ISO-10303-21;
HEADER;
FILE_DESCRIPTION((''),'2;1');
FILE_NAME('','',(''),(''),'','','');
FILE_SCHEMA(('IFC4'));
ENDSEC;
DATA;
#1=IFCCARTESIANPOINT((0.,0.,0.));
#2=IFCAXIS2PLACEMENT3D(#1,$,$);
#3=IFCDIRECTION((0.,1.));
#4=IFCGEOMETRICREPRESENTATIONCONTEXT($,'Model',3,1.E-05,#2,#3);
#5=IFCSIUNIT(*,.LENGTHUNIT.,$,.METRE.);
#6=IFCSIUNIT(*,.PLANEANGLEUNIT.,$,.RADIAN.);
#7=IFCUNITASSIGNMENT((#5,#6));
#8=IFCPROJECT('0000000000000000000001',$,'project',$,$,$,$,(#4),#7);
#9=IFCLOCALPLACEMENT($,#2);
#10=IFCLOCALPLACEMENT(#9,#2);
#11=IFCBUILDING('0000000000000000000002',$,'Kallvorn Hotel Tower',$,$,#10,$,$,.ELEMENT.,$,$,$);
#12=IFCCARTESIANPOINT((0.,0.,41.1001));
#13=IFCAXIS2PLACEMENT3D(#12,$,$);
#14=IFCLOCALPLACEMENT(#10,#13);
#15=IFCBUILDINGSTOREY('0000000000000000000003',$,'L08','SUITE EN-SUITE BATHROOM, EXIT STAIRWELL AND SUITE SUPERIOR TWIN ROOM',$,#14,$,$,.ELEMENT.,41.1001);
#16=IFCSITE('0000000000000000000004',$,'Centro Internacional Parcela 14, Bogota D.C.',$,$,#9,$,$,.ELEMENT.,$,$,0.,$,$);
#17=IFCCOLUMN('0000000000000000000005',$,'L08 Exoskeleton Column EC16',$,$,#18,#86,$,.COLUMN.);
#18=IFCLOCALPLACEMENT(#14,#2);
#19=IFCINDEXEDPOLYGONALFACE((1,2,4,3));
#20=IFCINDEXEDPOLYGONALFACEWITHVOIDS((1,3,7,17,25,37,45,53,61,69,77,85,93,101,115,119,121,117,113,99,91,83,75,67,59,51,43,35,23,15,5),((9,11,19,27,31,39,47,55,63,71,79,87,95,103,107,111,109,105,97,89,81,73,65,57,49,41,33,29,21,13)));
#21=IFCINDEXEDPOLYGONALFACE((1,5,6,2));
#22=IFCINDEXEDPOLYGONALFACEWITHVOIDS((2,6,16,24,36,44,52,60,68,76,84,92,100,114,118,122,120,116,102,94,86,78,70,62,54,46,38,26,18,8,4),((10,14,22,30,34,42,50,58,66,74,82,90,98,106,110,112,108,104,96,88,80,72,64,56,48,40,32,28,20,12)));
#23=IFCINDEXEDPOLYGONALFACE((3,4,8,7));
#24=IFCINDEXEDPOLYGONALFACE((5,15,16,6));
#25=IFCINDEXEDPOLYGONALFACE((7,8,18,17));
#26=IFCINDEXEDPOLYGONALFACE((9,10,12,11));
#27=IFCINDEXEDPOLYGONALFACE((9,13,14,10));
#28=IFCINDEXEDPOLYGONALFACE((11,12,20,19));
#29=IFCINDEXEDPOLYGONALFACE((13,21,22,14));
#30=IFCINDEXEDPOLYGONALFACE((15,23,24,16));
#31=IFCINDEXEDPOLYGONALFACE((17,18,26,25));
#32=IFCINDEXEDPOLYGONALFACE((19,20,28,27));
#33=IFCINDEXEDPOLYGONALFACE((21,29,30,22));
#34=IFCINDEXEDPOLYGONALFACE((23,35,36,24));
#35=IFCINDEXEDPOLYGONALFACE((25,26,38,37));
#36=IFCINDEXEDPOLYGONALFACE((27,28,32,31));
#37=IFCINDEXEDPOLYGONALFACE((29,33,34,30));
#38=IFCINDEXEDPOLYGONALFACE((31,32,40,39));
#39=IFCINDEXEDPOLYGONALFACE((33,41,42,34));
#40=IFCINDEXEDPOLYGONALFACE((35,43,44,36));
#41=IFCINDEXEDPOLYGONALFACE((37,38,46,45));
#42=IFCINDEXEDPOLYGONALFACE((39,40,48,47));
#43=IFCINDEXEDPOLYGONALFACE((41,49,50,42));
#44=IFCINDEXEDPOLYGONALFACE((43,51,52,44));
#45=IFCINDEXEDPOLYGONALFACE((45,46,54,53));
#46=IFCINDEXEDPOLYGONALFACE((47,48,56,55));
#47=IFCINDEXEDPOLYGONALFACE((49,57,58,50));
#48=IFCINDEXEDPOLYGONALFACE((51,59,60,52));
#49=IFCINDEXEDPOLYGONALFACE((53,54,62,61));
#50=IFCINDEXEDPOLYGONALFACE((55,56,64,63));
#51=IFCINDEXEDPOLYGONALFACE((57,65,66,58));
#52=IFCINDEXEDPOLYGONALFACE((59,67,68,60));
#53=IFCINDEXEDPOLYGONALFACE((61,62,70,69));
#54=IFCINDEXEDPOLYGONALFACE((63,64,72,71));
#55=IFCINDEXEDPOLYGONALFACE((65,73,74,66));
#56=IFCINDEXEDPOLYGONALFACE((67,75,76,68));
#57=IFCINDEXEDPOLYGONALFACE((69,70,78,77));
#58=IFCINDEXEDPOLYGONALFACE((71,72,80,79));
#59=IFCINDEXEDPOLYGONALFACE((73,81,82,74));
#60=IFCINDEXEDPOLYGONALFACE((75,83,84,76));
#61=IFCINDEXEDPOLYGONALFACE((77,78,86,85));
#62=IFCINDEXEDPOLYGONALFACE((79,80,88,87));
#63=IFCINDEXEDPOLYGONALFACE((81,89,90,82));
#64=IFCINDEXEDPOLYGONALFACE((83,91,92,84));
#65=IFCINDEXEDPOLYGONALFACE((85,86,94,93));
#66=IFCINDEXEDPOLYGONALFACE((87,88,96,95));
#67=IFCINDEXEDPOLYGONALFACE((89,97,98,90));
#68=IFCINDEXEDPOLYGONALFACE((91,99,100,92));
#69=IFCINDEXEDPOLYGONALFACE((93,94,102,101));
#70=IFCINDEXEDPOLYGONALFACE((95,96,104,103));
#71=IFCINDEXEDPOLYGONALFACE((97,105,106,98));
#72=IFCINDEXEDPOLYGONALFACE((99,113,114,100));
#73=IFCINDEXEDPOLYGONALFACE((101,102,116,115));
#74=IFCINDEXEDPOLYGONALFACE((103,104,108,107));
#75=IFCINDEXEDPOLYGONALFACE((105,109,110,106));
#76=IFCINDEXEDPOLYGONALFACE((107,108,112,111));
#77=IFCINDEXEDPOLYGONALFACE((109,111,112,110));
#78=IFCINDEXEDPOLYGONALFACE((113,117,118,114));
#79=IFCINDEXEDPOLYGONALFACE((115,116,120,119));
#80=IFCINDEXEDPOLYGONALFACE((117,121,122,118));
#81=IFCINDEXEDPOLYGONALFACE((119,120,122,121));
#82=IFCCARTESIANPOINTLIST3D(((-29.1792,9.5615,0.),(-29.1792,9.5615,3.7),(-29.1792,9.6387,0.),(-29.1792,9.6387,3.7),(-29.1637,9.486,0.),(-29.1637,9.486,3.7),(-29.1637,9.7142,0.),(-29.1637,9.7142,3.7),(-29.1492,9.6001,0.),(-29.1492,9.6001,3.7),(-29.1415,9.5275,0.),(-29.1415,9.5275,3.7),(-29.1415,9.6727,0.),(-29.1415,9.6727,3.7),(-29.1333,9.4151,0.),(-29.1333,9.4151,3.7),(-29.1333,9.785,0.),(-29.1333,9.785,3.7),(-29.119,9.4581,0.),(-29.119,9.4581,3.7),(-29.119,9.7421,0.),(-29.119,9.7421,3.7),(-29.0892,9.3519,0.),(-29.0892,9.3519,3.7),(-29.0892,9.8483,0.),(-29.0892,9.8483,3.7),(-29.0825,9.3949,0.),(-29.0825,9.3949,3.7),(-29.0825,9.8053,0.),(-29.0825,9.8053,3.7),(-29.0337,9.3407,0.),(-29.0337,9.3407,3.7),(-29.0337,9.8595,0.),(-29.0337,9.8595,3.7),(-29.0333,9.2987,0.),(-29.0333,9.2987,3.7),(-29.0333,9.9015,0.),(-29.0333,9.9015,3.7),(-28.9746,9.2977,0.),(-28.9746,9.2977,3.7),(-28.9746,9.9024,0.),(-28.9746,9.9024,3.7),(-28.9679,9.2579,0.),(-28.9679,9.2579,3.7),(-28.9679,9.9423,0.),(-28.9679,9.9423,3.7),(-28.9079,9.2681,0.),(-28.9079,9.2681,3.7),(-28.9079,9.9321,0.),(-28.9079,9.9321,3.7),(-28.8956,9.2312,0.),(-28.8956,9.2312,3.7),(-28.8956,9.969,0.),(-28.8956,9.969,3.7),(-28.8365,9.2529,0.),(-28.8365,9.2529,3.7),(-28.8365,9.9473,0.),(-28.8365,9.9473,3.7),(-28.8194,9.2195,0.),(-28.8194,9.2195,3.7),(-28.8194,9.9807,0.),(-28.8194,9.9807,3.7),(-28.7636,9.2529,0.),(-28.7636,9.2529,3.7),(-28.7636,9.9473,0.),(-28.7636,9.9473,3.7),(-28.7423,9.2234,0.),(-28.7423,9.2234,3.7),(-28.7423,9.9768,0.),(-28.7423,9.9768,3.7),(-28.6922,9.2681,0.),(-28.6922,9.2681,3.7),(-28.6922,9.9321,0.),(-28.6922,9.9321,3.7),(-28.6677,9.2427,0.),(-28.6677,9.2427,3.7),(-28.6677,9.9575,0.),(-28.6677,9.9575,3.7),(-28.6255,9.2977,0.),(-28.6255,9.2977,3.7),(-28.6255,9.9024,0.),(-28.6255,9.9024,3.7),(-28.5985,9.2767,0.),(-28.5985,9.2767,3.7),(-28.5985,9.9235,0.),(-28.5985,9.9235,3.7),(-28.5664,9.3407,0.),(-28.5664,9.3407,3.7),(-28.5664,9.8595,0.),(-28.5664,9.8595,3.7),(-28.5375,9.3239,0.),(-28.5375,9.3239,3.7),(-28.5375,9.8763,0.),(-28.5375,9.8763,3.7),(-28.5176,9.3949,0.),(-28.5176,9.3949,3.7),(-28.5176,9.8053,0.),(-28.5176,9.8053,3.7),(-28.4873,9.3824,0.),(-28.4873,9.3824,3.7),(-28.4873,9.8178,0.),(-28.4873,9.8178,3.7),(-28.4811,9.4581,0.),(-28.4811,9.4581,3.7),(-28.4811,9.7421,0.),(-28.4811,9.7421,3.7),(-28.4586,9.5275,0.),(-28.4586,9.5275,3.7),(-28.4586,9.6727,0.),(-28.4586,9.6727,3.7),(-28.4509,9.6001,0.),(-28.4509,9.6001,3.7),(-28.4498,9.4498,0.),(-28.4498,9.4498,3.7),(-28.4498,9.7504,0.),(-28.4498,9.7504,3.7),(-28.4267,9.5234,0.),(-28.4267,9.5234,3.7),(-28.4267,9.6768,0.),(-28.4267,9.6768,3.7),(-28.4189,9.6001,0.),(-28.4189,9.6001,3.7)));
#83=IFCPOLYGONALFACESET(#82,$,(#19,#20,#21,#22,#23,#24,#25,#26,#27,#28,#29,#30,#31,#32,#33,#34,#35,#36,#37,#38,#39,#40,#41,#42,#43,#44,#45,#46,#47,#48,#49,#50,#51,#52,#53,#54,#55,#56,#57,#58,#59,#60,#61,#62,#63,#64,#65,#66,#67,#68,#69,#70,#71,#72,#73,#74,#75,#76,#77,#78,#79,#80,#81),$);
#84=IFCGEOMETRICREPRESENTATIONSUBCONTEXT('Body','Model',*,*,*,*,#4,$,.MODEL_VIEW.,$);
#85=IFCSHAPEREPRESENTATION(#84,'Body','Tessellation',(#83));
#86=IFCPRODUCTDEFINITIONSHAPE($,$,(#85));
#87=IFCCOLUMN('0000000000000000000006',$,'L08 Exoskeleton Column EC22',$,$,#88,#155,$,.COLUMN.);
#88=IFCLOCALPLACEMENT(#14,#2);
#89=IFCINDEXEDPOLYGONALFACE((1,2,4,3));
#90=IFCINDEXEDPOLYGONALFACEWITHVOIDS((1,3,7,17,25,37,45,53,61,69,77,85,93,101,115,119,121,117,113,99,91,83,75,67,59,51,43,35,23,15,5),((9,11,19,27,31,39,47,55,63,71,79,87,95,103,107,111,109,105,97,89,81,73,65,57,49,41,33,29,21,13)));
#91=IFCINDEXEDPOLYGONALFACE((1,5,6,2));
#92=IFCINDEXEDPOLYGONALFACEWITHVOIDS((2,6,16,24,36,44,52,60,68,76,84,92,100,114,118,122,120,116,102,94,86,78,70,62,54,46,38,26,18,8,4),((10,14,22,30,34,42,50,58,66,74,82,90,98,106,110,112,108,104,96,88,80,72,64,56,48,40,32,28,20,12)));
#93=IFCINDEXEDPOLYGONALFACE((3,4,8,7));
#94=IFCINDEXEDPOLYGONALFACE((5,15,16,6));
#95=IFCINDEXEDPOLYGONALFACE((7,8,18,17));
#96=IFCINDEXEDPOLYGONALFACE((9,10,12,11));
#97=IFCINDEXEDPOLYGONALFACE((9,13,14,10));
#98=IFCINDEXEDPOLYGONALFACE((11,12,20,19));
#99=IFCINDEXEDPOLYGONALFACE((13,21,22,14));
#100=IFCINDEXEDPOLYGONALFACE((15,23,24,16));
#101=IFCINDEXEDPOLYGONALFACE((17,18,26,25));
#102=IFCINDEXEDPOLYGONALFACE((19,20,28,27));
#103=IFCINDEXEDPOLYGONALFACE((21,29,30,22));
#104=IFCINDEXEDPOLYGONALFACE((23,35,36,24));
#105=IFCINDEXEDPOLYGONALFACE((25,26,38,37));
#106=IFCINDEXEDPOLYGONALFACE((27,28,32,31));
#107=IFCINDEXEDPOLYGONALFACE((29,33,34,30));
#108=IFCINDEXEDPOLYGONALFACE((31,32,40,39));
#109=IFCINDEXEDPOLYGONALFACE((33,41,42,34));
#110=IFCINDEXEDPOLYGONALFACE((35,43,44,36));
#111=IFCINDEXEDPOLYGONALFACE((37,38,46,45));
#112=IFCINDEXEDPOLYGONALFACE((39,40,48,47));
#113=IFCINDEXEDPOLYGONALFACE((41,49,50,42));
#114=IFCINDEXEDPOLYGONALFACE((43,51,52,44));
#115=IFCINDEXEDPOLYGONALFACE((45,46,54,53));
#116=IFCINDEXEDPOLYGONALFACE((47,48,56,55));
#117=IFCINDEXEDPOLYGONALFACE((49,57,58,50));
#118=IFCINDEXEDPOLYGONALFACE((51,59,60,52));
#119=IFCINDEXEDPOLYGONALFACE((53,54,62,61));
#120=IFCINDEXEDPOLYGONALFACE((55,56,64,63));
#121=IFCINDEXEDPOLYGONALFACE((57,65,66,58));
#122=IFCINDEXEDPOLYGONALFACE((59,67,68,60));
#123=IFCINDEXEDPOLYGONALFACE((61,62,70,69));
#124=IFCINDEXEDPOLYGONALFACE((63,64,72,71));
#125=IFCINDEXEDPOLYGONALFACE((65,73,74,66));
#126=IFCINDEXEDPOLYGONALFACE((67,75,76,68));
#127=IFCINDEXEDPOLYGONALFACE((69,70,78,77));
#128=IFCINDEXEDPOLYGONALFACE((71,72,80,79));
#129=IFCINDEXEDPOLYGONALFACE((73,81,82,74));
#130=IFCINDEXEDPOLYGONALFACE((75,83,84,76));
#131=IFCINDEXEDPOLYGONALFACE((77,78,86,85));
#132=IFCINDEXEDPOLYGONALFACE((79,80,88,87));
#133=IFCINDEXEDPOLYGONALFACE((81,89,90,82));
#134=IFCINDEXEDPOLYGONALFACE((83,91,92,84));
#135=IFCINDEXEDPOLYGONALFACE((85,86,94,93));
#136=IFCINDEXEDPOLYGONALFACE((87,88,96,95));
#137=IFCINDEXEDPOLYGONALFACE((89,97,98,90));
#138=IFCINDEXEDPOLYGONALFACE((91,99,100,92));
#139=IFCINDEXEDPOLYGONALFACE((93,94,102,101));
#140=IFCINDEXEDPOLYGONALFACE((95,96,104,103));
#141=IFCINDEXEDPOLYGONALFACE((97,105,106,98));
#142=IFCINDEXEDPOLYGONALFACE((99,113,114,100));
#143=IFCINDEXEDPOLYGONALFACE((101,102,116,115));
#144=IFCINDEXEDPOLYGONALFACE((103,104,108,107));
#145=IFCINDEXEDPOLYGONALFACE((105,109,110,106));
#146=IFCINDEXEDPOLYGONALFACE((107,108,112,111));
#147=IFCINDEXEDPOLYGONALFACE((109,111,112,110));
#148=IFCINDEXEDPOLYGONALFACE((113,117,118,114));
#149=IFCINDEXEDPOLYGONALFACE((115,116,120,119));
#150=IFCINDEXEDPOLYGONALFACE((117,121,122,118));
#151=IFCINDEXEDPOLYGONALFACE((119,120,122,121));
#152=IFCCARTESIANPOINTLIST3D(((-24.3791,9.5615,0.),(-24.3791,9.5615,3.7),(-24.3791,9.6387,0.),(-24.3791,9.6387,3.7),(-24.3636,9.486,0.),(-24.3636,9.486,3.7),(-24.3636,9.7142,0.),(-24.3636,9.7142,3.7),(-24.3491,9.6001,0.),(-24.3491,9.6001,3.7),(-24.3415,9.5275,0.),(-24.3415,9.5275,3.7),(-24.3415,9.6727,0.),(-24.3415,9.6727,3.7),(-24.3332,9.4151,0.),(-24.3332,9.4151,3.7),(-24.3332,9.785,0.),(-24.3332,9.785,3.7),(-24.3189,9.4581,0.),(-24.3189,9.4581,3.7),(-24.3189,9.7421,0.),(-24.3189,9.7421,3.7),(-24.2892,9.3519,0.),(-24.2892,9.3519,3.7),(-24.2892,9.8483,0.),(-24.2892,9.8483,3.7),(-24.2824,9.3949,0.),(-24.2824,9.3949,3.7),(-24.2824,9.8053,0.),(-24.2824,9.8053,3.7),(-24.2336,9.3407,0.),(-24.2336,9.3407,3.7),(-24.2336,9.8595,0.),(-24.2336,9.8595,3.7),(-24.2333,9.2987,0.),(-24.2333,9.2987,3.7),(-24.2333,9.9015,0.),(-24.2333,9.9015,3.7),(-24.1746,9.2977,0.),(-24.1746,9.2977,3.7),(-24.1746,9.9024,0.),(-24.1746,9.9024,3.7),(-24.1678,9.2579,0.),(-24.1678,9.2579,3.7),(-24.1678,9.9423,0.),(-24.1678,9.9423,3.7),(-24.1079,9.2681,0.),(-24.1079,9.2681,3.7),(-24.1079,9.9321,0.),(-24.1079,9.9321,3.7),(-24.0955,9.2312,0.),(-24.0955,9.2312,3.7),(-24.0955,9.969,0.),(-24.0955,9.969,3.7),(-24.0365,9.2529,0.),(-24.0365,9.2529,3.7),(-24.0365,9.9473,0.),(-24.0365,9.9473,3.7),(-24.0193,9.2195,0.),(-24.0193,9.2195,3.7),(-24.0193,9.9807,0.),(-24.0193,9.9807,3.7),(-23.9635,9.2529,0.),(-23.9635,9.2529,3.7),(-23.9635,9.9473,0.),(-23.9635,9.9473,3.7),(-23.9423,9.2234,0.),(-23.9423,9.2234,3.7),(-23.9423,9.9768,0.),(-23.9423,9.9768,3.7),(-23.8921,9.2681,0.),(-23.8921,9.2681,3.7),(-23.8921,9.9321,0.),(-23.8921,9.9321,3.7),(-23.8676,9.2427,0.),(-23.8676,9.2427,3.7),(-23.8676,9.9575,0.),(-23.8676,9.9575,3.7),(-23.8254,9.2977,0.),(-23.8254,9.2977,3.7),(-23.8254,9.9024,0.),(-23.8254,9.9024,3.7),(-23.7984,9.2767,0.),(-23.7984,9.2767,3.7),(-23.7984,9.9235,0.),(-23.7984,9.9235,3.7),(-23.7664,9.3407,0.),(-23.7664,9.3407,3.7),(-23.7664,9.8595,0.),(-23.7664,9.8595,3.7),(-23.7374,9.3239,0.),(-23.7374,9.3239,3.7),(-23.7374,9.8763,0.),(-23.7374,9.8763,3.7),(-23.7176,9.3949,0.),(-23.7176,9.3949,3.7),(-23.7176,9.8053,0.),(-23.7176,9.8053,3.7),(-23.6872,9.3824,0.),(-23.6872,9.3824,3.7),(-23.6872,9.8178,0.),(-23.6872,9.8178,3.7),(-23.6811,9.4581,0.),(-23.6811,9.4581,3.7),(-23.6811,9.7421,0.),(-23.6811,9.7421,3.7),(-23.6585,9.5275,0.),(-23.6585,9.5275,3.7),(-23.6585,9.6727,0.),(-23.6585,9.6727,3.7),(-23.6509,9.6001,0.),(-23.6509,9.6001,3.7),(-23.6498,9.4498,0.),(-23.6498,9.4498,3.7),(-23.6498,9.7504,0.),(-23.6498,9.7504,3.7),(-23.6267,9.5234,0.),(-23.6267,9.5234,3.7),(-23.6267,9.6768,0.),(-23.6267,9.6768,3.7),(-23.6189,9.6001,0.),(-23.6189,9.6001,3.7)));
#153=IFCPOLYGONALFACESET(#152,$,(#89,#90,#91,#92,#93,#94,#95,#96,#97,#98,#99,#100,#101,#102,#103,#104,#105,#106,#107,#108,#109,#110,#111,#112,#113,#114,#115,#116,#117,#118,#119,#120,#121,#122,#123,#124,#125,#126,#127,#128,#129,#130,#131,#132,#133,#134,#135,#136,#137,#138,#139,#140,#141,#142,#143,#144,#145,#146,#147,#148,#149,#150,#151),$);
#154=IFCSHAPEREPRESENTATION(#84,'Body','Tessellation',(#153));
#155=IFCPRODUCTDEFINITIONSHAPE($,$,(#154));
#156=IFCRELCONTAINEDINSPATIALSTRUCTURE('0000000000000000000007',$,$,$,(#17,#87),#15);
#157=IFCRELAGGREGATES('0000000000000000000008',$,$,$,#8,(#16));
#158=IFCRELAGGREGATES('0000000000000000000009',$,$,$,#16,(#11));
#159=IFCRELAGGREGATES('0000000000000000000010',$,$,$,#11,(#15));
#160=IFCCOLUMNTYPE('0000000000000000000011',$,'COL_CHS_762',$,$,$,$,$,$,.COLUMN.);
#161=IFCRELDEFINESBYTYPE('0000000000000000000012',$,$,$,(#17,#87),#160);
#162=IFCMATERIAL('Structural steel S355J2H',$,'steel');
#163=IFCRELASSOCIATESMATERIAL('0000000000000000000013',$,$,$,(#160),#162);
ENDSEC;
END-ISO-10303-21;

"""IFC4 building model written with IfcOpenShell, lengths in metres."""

from ifc_helpers import new_model, si_unit, direction, frame, origin, origin_2d, place, context, subcontext, project, spatial, hollow_circle, extrude, material, material_profile, profile_set, type_object, element, save


model = new_model("IFC4")

# Units and contexts
model_context = context("Model", 3, precision=1e-05, world=origin(), true_north=direction((0.0, 1.0)))
body_context = subcontext(model_context, "Body", "Model", "MODEL_VIEW")
ifc_project = project(units=[si_unit("LENGTHUNIT", "METRE"), si_unit("PLANEANGLEUNIT", "RADIAN")], contexts=[model_context])

# Site, building, storey
site_placement = place(None, origin())
site = spatial("IfcSite", under=ifc_project, at=site_placement, Name="Centro Internacional Parcela 14, Bogota D.C.", CompositionType="ELEMENT", RefElevation=0.0)
building_placement = place(site_placement, origin())
building = spatial("IfcBuilding", under=site, at=building_placement, Name="Kallvorn Hotel Tower", CompositionType="ELEMENT")
storey_placement = place(building_placement, frame((0.0, 0.0, 41.1001)))
storey = spatial("IfcBuildingStorey", under=building, at=storey_placement, Name="L08", Description="SUITE EN-SUITE BATHROOM, EXIT STAIRWELL AND SUITE SUPERIOR TWIN ROOM", CompositionType="ELEMENT", Elevation=41.1001)

# Columns
ifc_material_1 = material(Name="Structural steel S355J2H", Category="steel")
ifc_material_profile_1 = material_profile(ifc_material_1, hollow_circle(Radius=0.3811, WallThickness=0.032, at=origin_2d()), Name="CHS 762x32")
ifc_profile_set_1 = profile_set([ifc_material_profile_1], Name="Structural steel S355J2H")
column_type_1 = type_object("IfcColumnType", Name="COL_CHS_762", PredefinedType="COLUMN", material=ifc_profile_set_1)
for number, where, z_axis, x_axis, name in (
    (1, (-28.8, 9.6001, 0.0), (0.0, 0.0, 1.0), (1.0, 0.0, 0.0), "L08 Exoskeleton Column EC16"),
    (2, (-24.0, 9.6001, 0.0), (0.0, 0.0, 1.0), (1.0, 0.0, 0.0), "L08 Exoskeleton Column EC22"),
):
    element("IfcColumn", number, at=place(storey_placement, frame(where, z_axis=z_axis, x_axis=x_axis)), inside=storey, type_object=column_type_1, Name=name, PredefinedType="COLUMN", context=body_context, shape_type="SweptSolid", body=[
        extrude(hollow_circle(Radius=0.3811, WallThickness=0.032, at=origin_2d()), origin(), (0.0, 0.0, 1.0), 3.7),
    ])

save(model, "model.ifc")
